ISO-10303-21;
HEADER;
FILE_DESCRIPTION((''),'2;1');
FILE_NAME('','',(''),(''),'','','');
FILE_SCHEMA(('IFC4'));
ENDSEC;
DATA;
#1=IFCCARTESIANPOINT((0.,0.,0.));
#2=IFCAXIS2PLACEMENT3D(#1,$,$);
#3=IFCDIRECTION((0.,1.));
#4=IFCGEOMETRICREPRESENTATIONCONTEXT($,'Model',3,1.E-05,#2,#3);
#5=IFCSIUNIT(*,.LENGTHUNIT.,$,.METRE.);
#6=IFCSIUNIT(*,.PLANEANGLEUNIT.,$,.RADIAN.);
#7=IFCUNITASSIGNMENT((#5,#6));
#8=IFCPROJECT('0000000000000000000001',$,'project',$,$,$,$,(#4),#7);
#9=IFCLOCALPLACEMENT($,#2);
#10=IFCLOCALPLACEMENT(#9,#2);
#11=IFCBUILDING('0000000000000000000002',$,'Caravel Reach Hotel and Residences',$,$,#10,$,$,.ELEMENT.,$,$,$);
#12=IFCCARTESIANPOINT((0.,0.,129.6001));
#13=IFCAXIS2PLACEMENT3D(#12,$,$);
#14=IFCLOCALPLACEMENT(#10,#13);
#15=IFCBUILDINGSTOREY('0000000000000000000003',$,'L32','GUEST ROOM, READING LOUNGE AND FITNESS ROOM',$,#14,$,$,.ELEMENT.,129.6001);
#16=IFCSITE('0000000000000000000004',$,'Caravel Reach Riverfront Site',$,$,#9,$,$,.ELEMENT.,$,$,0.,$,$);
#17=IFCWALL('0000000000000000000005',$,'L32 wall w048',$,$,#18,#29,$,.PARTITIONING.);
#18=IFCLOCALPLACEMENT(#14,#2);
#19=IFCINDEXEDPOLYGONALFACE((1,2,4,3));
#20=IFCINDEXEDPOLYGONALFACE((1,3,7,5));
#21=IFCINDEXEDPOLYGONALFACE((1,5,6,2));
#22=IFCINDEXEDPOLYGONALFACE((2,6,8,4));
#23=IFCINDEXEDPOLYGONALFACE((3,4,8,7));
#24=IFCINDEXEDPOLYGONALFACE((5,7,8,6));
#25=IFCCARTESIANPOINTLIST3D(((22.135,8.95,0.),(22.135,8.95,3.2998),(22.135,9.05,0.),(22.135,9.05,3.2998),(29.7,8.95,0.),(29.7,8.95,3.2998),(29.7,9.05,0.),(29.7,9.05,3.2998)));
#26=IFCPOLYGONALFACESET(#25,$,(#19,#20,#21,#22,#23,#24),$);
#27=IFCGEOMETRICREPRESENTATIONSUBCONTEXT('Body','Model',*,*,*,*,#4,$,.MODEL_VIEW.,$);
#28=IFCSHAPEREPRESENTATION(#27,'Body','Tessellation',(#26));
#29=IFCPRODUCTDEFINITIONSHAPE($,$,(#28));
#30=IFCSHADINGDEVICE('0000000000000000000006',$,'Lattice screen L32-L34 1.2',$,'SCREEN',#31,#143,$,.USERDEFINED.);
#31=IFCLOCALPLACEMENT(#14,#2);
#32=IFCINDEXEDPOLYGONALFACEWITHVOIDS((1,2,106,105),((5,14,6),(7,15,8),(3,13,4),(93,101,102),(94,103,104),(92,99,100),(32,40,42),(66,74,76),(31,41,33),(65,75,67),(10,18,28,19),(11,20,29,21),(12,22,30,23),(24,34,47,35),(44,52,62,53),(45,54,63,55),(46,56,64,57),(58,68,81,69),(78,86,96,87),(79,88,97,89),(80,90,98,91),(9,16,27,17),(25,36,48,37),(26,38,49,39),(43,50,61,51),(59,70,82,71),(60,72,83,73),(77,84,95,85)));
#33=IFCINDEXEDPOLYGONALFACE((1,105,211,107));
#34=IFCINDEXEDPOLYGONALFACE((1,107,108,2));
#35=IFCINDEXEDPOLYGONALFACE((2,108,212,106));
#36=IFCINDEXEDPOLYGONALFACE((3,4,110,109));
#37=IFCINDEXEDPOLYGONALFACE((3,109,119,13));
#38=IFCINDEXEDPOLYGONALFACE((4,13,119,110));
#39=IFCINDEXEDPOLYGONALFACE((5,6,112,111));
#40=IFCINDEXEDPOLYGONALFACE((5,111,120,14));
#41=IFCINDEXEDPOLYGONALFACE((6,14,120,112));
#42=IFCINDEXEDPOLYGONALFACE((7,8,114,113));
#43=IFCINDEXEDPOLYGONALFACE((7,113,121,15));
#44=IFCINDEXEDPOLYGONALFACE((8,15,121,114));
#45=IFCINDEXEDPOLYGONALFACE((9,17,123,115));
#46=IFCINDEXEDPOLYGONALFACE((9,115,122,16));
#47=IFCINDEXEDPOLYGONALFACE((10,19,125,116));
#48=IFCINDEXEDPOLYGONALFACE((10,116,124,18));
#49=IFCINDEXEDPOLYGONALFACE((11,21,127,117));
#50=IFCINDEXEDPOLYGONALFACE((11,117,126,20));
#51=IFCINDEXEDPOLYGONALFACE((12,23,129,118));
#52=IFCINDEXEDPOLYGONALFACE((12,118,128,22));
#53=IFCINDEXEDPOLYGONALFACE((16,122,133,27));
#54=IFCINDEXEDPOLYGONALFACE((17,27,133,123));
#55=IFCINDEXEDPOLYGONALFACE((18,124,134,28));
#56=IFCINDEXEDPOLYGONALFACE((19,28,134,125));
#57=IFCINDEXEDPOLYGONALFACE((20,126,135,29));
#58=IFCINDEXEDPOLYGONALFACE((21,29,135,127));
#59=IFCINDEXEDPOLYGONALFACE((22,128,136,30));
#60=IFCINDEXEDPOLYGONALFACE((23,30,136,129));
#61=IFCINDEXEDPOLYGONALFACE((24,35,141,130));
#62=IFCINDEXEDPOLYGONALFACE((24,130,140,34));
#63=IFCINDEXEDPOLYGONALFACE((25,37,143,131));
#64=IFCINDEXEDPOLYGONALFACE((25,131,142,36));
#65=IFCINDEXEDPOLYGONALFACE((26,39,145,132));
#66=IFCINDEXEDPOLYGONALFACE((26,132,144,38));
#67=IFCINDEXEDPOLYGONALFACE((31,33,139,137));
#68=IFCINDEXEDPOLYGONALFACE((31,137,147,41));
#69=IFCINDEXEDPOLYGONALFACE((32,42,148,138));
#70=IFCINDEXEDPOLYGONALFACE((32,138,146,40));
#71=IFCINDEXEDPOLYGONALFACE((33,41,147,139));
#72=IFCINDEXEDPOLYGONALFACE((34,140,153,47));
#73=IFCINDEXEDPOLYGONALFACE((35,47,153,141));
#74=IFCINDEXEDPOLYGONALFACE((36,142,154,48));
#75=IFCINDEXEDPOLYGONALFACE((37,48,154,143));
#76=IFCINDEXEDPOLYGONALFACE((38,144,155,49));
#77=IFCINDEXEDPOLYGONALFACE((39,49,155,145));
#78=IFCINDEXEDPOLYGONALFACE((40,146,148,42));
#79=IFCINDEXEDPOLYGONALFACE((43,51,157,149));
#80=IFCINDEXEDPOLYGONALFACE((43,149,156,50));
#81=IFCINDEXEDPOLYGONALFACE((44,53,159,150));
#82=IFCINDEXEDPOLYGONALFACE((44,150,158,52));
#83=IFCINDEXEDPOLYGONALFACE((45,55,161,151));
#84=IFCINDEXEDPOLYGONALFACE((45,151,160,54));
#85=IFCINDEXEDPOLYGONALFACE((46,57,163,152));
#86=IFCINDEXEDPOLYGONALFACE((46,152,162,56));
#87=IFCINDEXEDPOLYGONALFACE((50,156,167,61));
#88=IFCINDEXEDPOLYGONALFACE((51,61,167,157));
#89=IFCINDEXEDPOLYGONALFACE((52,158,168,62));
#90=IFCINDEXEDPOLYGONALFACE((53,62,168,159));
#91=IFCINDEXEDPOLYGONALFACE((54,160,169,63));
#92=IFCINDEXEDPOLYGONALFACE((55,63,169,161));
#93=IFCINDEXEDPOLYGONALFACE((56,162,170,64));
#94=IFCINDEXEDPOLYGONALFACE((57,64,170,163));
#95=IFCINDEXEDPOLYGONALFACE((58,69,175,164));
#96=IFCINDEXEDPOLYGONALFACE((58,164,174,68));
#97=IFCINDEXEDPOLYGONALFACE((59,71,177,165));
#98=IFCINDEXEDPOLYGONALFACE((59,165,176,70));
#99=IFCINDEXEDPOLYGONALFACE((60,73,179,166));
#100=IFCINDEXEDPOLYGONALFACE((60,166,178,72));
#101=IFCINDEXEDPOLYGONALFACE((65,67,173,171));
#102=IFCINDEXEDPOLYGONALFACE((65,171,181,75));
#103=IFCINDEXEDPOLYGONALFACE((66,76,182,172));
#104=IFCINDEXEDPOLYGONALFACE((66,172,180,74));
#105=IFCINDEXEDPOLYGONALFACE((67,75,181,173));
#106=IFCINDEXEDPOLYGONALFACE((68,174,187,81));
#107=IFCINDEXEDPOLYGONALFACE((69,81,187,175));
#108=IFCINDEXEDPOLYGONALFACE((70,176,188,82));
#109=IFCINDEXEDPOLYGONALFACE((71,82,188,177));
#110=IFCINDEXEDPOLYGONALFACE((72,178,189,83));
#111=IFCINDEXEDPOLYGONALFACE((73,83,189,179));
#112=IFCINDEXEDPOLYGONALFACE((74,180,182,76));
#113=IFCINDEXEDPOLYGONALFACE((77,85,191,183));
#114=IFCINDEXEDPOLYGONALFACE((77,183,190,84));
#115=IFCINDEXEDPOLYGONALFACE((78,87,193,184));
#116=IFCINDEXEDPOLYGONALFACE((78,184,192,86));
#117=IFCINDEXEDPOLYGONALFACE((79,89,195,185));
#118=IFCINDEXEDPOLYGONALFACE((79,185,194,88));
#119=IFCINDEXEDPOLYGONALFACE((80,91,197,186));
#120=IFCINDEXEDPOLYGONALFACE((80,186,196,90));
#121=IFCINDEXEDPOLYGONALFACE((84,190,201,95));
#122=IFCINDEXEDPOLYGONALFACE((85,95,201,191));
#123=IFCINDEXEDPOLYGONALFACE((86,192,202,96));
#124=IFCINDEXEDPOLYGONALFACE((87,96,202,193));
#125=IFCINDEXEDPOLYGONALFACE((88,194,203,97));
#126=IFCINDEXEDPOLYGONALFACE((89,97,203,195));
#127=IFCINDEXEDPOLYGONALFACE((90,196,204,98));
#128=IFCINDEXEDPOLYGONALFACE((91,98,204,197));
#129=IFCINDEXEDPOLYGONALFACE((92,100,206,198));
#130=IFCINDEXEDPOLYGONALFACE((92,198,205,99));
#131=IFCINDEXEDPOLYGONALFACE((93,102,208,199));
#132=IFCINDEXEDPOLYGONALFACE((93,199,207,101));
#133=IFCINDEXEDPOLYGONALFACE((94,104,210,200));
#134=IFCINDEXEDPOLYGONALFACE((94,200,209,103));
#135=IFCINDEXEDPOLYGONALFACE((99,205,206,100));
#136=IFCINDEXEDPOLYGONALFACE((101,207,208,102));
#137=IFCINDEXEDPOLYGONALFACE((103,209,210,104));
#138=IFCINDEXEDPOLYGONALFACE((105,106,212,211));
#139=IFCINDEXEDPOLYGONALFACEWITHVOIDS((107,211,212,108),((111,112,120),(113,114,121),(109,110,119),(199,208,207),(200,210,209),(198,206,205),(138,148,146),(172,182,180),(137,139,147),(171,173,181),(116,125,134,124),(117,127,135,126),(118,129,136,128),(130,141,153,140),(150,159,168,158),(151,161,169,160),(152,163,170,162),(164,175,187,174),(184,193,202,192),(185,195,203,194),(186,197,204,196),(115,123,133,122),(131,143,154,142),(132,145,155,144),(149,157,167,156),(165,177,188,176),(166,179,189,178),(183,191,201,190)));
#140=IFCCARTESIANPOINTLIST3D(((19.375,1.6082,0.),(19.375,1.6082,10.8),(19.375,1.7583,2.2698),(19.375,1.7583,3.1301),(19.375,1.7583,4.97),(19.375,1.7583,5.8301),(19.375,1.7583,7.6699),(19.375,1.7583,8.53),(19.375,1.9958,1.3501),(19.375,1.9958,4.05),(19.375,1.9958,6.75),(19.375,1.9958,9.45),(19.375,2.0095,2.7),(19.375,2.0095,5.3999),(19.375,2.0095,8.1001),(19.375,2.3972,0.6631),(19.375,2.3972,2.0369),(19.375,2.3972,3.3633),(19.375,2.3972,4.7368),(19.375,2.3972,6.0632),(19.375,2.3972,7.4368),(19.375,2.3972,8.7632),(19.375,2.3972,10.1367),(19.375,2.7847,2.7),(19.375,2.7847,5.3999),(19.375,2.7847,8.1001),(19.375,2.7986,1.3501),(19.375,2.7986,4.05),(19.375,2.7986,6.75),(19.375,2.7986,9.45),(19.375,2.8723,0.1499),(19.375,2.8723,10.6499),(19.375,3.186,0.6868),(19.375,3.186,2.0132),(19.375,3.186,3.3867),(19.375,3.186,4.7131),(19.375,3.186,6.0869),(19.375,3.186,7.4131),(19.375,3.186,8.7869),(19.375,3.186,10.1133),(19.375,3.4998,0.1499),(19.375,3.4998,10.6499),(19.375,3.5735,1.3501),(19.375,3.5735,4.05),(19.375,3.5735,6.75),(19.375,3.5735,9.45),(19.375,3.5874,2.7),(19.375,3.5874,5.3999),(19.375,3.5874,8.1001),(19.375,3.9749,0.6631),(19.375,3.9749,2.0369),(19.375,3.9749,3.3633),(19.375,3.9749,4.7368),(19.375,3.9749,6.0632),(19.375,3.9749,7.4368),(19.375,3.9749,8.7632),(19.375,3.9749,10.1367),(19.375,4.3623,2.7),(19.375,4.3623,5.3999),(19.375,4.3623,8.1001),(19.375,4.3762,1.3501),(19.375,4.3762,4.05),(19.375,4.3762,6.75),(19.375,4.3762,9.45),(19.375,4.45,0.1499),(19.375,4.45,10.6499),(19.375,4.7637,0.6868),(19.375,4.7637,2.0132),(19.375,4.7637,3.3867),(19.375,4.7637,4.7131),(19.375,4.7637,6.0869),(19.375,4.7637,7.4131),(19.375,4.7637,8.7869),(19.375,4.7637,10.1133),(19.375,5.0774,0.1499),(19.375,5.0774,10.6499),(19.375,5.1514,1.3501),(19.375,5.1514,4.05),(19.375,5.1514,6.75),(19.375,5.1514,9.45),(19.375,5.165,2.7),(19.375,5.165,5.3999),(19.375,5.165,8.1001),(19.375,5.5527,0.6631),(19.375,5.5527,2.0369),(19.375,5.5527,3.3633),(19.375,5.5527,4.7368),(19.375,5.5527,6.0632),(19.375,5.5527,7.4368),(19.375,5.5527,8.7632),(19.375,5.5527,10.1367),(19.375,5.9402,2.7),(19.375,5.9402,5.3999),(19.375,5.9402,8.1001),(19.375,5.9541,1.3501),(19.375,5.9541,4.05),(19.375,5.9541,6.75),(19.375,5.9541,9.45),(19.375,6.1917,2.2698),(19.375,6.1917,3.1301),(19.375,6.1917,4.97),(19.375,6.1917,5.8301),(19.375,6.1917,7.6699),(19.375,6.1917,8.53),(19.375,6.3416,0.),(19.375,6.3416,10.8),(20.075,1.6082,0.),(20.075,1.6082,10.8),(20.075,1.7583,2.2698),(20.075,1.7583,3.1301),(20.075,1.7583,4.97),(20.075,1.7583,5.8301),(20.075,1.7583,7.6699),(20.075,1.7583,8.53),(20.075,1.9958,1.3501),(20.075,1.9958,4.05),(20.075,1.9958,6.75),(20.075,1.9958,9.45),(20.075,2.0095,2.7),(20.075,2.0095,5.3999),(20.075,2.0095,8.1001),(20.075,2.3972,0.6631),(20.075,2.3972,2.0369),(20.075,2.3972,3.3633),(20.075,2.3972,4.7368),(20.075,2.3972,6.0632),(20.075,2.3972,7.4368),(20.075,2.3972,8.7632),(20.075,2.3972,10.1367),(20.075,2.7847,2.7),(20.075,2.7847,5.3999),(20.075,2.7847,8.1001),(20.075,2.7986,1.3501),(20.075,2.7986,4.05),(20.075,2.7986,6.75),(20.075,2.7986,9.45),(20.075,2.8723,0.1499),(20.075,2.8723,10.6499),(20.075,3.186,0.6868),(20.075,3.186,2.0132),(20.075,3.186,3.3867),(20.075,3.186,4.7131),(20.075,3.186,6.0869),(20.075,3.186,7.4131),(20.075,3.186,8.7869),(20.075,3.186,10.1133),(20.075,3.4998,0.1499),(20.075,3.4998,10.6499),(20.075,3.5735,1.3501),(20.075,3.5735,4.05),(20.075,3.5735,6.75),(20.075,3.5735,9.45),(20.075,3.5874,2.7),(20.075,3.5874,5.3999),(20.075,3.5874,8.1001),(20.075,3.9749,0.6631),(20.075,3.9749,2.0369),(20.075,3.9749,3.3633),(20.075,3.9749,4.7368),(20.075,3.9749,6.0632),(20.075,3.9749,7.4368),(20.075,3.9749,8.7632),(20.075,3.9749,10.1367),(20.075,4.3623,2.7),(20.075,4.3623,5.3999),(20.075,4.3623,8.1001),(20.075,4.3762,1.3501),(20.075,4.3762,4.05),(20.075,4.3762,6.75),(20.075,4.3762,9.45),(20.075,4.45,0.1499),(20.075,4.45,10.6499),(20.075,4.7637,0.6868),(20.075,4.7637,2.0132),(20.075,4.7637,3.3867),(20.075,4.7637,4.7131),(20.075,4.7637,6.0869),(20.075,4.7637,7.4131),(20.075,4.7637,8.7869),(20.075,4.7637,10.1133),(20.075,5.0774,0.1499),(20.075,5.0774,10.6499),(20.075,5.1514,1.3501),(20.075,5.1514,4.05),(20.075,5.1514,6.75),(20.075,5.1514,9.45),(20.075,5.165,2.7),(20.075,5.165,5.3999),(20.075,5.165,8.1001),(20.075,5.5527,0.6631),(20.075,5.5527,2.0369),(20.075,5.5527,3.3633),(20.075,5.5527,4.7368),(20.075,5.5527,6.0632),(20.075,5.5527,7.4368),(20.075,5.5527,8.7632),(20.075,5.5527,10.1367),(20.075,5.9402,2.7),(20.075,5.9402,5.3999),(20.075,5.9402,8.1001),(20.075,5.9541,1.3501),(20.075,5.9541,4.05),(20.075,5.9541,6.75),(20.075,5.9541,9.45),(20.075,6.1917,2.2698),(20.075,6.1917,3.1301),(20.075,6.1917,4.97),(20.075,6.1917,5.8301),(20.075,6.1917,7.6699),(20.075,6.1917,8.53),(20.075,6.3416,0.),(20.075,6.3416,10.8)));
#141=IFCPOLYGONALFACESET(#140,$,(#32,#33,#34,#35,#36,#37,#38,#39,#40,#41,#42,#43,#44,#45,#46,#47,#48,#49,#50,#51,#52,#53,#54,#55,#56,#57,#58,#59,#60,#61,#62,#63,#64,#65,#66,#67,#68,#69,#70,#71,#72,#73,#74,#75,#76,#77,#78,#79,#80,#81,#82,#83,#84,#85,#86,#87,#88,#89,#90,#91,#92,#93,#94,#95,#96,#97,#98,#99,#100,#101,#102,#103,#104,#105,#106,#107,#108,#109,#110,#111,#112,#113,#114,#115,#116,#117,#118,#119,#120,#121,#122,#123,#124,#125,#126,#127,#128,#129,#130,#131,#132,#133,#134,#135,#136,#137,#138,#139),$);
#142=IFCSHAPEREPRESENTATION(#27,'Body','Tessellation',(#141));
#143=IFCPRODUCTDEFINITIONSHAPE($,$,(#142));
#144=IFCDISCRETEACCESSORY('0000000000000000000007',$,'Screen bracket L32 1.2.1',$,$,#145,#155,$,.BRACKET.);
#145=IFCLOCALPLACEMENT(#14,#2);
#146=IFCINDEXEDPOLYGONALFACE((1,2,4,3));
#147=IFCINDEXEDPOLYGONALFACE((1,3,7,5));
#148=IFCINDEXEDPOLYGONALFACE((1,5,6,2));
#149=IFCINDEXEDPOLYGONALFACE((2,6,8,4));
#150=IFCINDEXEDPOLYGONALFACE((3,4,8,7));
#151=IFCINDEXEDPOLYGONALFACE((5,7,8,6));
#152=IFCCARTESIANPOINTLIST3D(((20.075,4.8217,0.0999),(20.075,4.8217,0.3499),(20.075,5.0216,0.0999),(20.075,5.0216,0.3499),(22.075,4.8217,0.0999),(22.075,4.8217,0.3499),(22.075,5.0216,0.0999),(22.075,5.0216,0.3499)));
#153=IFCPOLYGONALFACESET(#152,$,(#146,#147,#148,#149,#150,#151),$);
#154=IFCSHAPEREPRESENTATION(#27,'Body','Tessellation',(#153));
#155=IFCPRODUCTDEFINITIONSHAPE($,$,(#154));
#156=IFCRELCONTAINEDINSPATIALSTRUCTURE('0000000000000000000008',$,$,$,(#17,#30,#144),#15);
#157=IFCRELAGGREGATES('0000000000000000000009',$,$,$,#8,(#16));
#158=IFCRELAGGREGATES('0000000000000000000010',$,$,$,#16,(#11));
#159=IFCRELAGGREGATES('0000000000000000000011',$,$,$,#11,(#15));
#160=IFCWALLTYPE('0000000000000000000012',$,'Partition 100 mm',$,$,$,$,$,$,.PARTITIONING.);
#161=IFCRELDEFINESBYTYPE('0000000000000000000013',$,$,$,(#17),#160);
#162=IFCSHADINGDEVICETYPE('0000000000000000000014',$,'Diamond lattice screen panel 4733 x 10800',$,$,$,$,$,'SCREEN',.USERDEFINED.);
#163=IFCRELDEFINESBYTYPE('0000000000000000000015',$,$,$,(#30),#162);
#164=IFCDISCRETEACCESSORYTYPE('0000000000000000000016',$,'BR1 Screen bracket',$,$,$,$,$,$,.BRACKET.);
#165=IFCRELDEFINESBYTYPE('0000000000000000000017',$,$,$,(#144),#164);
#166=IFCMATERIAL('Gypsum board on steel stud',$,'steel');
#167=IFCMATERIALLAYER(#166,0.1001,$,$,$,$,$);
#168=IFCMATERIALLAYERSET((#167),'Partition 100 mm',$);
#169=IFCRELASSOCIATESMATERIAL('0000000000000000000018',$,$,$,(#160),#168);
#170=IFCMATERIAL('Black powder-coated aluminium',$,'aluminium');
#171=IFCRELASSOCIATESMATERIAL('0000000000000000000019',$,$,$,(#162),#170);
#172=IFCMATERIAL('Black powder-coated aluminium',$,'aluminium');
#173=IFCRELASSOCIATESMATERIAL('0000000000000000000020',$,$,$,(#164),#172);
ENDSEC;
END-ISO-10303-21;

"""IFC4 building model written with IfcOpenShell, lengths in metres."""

from ifc_helpers import new_model, si_unit, direction, frame, frame_2d, origin, origin_2d, place, context, subcontext, project, spatial, polyline, rectangle, outline, extrude, material, layer, layer_set, type_object, element, save


model = new_model("IFC4")

# Units and contexts
model_context = context("Model", 3, precision=1e-05, world=origin(), true_north=direction((0.0, 1.0)))
body_context = subcontext(model_context, "Body", "Model", "MODEL_VIEW")
ifc_project = project(units=[si_unit("LENGTHUNIT", "METRE"), si_unit("PLANEANGLEUNIT", "RADIAN")], contexts=[model_context])

# Site, building, storey
site_placement = place(None, origin())
site = spatial("IfcSite", under=ifc_project, at=site_placement, Name="Caravel Reach Riverfront Site", CompositionType="ELEMENT", RefElevation=0.0)
building_placement = place(site_placement, origin())
building = spatial("IfcBuilding", under=site, at=building_placement, Name="Caravel Reach Hotel and Residences", CompositionType="ELEMENT")
storey_placement = place(building_placement, frame((0.0, 0.0, 129.6001)))
storey = spatial("IfcBuildingStorey", under=building, at=storey_placement, Name="L32", Description="GUEST ROOM, READING LOUNGE AND FITNESS ROOM", CompositionType="ELEMENT", Elevation=129.6001)

# Wall
ifc_material_1 = material(Name="Gypsum board on steel stud", Category="steel")
ifc_layer_1 = layer(ifc_material_1, 0.1001)
ifc_layer_set_1 = layer_set([ifc_layer_1], Name="Partition 100 mm")
wall_type_1 = type_object("IfcWallType", Name="Partition 100 mm", PredefinedType="PARTITIONING", material=ifc_layer_set_1)
wall_1_placement = place(storey_placement, frame((22.135, 9.0, 0.0), z_axis=(0.0, 0.0, 1.0), x_axis=(1.0, 0.0, 0.0)))
element("IfcWall", 1, at=wall_1_placement, inside=storey, type_object=wall_type_1, Name="L32 wall w048", PredefinedType="PARTITIONING", context=body_context, shape_type="SweptSolid", body=[
    extrude(rectangle(XDim=7.5649, YDim=0.1001, at=frame_2d((3.7825, 0.0))), origin(), (0.0, 0.0, 1.0), 3.2998),
])

# Shading device
ifc_material_2 = material(Name="Black powder-coated aluminium", Category="aluminium")
shading_device_type = type_object("IfcShadingDeviceType", Name="Diamond lattice screen panel 4733 x 10800", ElementType="SCREEN", PredefinedType="USERDEFINED", material=ifc_material_2)
shading_device_placement = place(storey_placement, frame((20.075, 6.3416, 0.0), z_axis=(-1.0, 0.0, 0.0), x_axis=(0.0, -1.0, 0.0)))
element("IfcShadingDevice", 2, at=shading_device_placement, inside=storey, type_object=shading_device_type, Name="Lattice screen L32-L34 1.2", ObjectType="SCREEN", PredefinedType="USERDEFINED", context=body_context, shape_type="SweptSolid", body=[
    extrude(outline(polyline([(0.0, 0.0), (4.7334, 0.0), (4.7334, 10.8), (0.0, 10.8), (0.0, 0.0)]), holes=[polyline([(0.4014, 2.7), (0.1499, 3.1301), (0.1499, 2.2698), (0.4014, 2.7)]), polyline([(0.4014, 5.3999), (0.1499, 5.8301), (0.1499, 4.97), (0.4014, 5.3999)]), polyline([(0.4014, 8.1001), (0.1499, 8.53), (0.1499, 7.6699), (0.4014, 8.1001)]), polyline([(0.7888, 2.0369), (0.3875, 1.3501), (0.7888, 0.6631), (1.1902, 1.3501), (0.7888, 2.0369)]), polyline([(0.7888, 4.7368), (0.3875, 4.05), (0.7888, 3.3633), (1.1902, 4.05), (0.7888, 4.7368)]), polyline([(0.7888, 7.4368), (0.3875, 6.75), (0.7888, 6.0632), (1.1902, 6.75), (0.7888, 7.4368)]), polyline([(0.7888, 10.1367), (0.3875, 9.45), (0.7888, 8.7632), (1.1902, 9.45), (0.7888, 10.1367)]), polyline([(1.5779, 0.6868), (1.2642, 0.1499), (1.8916, 0.1499), (1.5779, 0.6868)]), polyline([(1.5779, 3.3867), (1.1765, 2.7), (1.5779, 2.0132), (1.9792, 2.7), (1.5779, 3.3867)]), polyline([(1.5779, 6.0869), (1.1765, 5.3999), (1.5779, 4.7131), (1.9792, 5.3999), (1.5779, 6.0869)]), polyline([(1.5779, 8.7869), (1.1765, 8.1001), (1.5779, 7.4131), (1.9792, 8.1001), (1.5779, 8.7869)]), polyline([(1.5779, 10.1133), (1.8916, 10.6499), (1.2642, 10.6499), (1.5779, 10.1133)]), polyline([(2.3667, 2.0369), (1.9653, 1.3501), (2.3667, 0.6631), (2.7681, 1.3501), (2.3667, 2.0369)]), polyline([(2.3667, 4.7368), (1.9653, 4.05), (2.3667, 3.3633), (2.7681, 4.05), (2.3667, 4.7368)]), polyline([(2.3667, 7.4368), (1.9653, 6.75), (2.3667, 6.0632), (2.7681, 6.75), (2.3667, 7.4368)]), polyline([(2.3667, 10.1367), (1.9653, 9.45), (2.3667, 8.7632), (2.7681, 9.45), (2.3667, 10.1367)]), polyline([(3.1555, 0.6868), (2.8418, 0.1499), (3.4692, 0.1499), (3.1555, 0.6868)]), polyline([(3.1555, 3.3867), (2.7542, 2.7), (3.1555, 2.0132), (3.5569, 2.7), (3.1555, 3.3867)]), polyline([(3.1555, 6.0869), (2.7542, 5.3999), (3.1555, 4.7131), (3.5569, 5.3999), (3.1555, 6.0869)]), polyline([(3.1555, 8.7869), (2.7542, 8.1001), (3.1555, 7.4131), (3.5569, 8.1001), (3.1555, 8.7869)]), polyline([(3.1555, 10.1133), (3.4692, 10.6499), (2.8418, 10.6499), (3.1555, 10.1133)]), polyline([(3.9443, 2.0369), (3.543, 1.3501), (3.9443, 0.6631), (4.3457, 1.3501), (3.9443, 2.0369)]), polyline([(3.9443, 4.7368), (3.543, 4.05), (3.9443, 3.3633), (4.3457, 4.05), (3.9443, 4.7368)]), polyline([(3.9443, 7.4368), (3.543, 6.75), (3.9443, 6.0632), (4.3457, 6.75), (3.9443, 7.4368)]), polyline([(3.9443, 10.1367), (3.543, 9.45), (3.9443, 8.7632), (4.3457, 9.45), (3.9443, 10.1367)]), polyline([(4.332, 2.7), (4.5833, 2.2698), (4.5833, 3.1301), (4.332, 2.7)]), polyline([(4.332, 5.3999), (4.5833, 4.97), (4.5833, 5.8301), (4.332, 5.3999)]), polyline([(4.332, 8.1001), (4.5833, 7.6699), (4.5833, 8.53), (4.332, 8.1001)])]), origin(), (0.0, 0.0, 1.0), 0.7),
])

# Discrete accessory
ifc_material_3 = material(Name="Black powder-coated aluminium", Category="aluminium")
discrete_accessory_type = type_object("IfcDiscreteAccessoryType", Name="BR1 Screen bracket", PredefinedType="BRACKET", material=ifc_material_3)
discrete_accessory_placement = place(storey_placement, frame((21.075, 4.9216, 0.0999), z_axis=(0.0, 0.0, 1.0), x_axis=(-1.0, 0.0, 0.0)))
element("IfcDiscreteAccessory", 3, at=discrete_accessory_placement, inside=storey, type_object=discrete_accessory_type, Name="Screen bracket L32 1.2.1", PredefinedType="BRACKET", context=body_context, shape_type="SweptSolid", body=[
    extrude(rectangle(XDim=2.0, YDim=0.2, at=origin_2d()), origin(), (0.0, 0.0, 1.0), 0.25),
])

save(model, "model.ifc")
